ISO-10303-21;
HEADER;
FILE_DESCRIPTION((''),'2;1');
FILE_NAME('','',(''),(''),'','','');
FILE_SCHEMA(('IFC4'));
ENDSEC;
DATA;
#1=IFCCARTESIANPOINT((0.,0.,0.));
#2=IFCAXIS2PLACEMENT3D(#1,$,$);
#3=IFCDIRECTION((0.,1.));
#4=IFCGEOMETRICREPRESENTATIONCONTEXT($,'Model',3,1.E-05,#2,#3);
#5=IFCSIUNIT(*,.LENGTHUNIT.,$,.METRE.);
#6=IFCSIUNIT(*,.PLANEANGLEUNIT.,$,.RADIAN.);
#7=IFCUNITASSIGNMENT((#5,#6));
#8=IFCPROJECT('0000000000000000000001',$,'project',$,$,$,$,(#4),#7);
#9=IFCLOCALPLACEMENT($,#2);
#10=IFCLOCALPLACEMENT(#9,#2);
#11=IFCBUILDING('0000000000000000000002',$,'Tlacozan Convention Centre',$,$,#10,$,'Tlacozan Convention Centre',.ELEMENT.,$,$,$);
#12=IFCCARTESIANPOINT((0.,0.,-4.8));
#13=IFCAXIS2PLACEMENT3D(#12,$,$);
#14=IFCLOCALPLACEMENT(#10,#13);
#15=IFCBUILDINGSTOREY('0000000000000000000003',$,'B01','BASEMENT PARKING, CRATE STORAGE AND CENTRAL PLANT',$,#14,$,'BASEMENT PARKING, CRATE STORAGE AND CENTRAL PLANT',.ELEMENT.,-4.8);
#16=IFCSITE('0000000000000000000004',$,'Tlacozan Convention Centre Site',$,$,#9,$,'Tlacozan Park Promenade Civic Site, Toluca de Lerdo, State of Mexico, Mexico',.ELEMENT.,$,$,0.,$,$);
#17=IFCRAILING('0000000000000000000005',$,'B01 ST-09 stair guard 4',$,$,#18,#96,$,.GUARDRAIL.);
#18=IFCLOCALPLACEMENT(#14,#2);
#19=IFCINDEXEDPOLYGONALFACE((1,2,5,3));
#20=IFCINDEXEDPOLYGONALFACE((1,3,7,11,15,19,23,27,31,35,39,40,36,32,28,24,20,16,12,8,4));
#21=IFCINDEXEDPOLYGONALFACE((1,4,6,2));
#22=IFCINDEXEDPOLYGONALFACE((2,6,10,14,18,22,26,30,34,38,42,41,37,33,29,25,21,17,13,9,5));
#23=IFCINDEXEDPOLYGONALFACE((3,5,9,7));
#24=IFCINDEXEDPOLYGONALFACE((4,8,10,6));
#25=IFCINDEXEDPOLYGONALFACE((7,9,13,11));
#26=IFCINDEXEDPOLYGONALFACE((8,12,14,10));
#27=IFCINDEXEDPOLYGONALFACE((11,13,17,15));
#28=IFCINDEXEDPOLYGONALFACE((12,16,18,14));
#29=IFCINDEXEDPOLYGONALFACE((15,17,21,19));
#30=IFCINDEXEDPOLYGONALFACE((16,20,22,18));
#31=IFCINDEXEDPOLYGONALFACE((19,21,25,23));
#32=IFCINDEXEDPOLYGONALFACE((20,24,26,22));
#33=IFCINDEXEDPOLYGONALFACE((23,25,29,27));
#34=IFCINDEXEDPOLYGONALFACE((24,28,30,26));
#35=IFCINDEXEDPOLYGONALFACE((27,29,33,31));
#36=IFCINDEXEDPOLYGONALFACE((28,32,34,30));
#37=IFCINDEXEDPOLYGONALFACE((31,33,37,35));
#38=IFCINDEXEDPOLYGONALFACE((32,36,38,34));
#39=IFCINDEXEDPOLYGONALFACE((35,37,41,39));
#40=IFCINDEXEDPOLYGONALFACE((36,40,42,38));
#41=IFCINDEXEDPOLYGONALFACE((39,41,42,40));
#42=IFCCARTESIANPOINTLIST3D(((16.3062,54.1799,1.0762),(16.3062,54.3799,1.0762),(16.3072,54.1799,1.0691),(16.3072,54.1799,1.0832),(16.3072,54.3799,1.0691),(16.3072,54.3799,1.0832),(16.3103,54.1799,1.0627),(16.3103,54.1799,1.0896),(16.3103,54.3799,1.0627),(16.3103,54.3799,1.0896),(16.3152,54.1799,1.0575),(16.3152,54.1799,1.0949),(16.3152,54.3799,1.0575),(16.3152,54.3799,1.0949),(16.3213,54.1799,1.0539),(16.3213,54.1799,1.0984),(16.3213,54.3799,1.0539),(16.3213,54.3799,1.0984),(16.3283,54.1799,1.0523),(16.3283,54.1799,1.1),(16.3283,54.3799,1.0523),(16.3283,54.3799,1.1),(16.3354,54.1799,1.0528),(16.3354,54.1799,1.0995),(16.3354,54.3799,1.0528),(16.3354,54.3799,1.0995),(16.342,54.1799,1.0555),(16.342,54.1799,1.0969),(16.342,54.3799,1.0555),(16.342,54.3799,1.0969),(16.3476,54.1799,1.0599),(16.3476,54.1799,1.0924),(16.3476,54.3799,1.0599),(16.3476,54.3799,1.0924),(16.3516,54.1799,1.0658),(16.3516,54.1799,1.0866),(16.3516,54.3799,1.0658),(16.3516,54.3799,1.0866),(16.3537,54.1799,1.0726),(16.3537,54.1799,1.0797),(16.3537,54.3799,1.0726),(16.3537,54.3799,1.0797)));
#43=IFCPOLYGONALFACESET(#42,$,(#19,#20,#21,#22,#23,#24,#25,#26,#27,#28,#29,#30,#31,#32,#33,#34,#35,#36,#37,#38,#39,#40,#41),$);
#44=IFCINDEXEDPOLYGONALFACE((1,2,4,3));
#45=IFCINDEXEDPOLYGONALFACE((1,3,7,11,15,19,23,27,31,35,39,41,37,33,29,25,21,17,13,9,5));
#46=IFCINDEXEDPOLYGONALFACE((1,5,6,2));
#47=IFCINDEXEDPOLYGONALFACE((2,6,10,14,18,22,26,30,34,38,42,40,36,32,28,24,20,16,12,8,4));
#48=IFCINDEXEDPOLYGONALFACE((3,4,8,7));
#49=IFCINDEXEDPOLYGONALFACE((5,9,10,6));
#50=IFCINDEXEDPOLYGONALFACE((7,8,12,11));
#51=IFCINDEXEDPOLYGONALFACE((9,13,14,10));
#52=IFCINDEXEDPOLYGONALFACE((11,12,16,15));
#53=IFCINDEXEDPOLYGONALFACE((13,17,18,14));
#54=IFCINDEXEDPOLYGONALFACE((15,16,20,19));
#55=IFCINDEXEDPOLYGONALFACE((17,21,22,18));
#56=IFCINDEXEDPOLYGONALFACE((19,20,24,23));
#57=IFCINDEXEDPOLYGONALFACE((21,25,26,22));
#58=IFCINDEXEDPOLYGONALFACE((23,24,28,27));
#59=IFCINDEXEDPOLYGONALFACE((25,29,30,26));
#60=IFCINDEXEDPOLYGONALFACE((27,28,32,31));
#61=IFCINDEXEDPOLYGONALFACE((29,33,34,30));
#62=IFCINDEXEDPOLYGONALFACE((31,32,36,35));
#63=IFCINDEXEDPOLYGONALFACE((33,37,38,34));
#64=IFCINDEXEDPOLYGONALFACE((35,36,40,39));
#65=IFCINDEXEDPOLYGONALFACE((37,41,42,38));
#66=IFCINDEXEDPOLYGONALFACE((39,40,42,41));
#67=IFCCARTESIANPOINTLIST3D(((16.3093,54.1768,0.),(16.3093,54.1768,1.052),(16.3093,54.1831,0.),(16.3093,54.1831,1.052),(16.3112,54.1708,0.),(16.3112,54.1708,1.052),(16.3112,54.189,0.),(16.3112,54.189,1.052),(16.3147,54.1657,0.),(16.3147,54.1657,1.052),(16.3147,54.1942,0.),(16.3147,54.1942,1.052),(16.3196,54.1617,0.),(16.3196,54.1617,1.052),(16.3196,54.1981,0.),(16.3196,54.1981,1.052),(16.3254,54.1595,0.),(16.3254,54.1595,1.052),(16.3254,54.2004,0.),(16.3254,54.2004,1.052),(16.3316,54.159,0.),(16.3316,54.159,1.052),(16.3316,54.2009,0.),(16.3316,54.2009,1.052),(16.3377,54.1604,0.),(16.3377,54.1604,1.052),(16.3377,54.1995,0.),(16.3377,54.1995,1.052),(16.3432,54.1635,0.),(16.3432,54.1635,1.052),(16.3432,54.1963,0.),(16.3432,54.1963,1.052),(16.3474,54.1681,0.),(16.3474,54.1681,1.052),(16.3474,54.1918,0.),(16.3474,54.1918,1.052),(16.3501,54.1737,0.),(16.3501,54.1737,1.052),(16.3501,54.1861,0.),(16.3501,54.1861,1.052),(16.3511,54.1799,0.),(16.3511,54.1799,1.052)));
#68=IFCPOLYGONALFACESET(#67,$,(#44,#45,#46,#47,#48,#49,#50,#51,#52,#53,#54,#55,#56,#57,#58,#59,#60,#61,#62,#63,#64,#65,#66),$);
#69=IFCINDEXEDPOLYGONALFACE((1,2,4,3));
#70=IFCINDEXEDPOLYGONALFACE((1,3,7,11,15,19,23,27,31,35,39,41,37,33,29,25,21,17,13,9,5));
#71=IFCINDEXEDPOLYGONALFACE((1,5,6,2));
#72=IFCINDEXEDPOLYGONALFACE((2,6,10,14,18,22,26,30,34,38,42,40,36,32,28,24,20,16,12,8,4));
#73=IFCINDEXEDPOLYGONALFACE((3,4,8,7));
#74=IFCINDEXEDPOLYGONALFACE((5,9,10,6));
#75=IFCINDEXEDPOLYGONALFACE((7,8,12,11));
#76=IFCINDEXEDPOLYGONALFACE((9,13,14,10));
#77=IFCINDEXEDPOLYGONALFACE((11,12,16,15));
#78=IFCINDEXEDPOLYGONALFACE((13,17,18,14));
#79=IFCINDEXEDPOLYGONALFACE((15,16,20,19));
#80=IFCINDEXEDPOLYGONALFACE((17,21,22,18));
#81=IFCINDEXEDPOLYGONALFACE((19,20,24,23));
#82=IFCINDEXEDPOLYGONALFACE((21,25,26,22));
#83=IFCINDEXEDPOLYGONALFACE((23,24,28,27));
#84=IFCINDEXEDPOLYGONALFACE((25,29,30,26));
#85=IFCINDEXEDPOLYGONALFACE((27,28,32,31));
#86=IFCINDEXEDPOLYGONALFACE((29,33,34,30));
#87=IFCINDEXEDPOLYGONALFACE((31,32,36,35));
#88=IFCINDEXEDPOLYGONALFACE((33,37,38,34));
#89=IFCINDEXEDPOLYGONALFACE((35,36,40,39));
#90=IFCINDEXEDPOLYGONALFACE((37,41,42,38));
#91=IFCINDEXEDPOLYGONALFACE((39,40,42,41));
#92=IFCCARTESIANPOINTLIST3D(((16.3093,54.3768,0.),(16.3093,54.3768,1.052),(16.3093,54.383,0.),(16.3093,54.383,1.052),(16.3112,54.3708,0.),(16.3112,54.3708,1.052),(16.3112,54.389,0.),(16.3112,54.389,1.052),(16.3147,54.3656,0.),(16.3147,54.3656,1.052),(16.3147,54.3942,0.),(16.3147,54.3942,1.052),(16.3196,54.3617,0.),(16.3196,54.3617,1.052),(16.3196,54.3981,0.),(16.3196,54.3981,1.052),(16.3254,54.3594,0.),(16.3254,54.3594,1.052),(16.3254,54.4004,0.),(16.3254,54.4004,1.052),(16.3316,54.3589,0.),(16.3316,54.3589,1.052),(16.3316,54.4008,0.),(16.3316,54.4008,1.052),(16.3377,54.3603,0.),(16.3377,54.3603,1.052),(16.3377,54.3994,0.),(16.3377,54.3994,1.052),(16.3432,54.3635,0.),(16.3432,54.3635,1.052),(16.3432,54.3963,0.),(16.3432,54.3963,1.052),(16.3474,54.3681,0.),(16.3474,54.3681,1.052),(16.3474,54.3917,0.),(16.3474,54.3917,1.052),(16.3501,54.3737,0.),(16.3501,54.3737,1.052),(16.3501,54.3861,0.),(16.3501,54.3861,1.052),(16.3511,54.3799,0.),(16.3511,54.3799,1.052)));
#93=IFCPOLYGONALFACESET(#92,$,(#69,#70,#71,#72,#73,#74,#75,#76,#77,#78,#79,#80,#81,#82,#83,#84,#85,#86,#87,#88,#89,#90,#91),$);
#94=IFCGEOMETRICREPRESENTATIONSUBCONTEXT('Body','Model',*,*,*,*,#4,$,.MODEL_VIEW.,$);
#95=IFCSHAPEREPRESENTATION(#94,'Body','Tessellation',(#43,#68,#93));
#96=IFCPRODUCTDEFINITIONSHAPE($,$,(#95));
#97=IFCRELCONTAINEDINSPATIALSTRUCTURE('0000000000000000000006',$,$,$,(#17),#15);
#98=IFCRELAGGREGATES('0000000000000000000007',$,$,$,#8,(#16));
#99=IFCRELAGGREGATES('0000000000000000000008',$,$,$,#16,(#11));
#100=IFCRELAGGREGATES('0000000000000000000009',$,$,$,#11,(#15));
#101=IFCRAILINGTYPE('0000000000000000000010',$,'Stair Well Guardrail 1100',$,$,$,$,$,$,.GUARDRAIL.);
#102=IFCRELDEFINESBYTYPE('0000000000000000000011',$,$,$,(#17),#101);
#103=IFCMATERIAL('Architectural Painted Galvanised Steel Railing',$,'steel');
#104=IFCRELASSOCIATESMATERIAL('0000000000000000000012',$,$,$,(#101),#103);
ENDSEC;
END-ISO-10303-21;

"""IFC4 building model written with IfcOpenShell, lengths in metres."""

from ifc_helpers import new_model, si_unit, direction, frame, origin, origin_2d, place, context, subcontext, project, spatial, circle, extrude, material, type_object, element, save


model = new_model("IFC4")

# Units and contexts
model_context = context("Model", 3, precision=1e-05, world=origin(), true_north=direction((0.0, 1.0)))
body_context = subcontext(model_context, "Body", "Model", "MODEL_VIEW")
ifc_project = project(units=[si_unit("LENGTHUNIT", "METRE"), si_unit("PLANEANGLEUNIT", "RADIAN")], contexts=[model_context])

# Site, building, storey
site_placement = place(None, origin())
site = spatial("IfcSite", under=ifc_project, at=site_placement, Name="Tlacozan Convention Centre Site", LongName="Tlacozan Park Promenade Civic Site, Toluca de Lerdo, State of Mexico, Mexico", CompositionType="ELEMENT", RefElevation=0.0)
building_placement = place(site_placement, origin())
building = spatial("IfcBuilding", under=site, at=building_placement, Name="Tlacozan Convention Centre", LongName="Tlacozan Convention Centre", CompositionType="ELEMENT")
storey_placement = place(building_placement, frame((0.0, 0.0, -4.8)))
storey = spatial("IfcBuildingStorey", under=building, at=storey_placement, Name="B01", Description="BASEMENT PARKING, CRATE STORAGE AND CENTRAL PLANT", LongName="BASEMENT PARKING, CRATE STORAGE AND CENTRAL PLANT", CompositionType="ELEMENT", Elevation=-4.8)

# Railing
ifc_material_1 = material(Name="Architectural Painted Galvanised Steel Railing", Category="steel")
railing_type_1 = type_object("IfcRailingType", Name="Stair Well Guardrail 1100", PredefinedType="GUARDRAIL", material=ifc_material_1)
railing_1_placement = place(storey_placement, frame((16.3301, 54.1799, 0.0)))
element("IfcRailing", 1, at=railing_1_placement, inside=storey, type_object=railing_type_1, Name="B01 ST-09 stair guard 4", PredefinedType="GUARDRAIL", context=body_context, shape_type="SweptSolid", body=[
    extrude(circle(Radius=0.0239, at=origin_2d()), frame((0.0, 0.0, 1.0762), z_axis=(0.0, 1.0, 0.0), x_axis=(-1.0, 0.0, 0.0)), (0.0, 0.0, 1.0), 0.2),
    extrude(circle(Radius=0.021, at=origin_2d()), origin(), (0.0, 0.0, 1.0), 1.052),
    extrude(circle(Radius=0.021, at=origin_2d()), frame((0.0, 0.2, 0.0)), (0.0, 0.0, 1.0), 1.052),
])

save(model, "model.ifc")
